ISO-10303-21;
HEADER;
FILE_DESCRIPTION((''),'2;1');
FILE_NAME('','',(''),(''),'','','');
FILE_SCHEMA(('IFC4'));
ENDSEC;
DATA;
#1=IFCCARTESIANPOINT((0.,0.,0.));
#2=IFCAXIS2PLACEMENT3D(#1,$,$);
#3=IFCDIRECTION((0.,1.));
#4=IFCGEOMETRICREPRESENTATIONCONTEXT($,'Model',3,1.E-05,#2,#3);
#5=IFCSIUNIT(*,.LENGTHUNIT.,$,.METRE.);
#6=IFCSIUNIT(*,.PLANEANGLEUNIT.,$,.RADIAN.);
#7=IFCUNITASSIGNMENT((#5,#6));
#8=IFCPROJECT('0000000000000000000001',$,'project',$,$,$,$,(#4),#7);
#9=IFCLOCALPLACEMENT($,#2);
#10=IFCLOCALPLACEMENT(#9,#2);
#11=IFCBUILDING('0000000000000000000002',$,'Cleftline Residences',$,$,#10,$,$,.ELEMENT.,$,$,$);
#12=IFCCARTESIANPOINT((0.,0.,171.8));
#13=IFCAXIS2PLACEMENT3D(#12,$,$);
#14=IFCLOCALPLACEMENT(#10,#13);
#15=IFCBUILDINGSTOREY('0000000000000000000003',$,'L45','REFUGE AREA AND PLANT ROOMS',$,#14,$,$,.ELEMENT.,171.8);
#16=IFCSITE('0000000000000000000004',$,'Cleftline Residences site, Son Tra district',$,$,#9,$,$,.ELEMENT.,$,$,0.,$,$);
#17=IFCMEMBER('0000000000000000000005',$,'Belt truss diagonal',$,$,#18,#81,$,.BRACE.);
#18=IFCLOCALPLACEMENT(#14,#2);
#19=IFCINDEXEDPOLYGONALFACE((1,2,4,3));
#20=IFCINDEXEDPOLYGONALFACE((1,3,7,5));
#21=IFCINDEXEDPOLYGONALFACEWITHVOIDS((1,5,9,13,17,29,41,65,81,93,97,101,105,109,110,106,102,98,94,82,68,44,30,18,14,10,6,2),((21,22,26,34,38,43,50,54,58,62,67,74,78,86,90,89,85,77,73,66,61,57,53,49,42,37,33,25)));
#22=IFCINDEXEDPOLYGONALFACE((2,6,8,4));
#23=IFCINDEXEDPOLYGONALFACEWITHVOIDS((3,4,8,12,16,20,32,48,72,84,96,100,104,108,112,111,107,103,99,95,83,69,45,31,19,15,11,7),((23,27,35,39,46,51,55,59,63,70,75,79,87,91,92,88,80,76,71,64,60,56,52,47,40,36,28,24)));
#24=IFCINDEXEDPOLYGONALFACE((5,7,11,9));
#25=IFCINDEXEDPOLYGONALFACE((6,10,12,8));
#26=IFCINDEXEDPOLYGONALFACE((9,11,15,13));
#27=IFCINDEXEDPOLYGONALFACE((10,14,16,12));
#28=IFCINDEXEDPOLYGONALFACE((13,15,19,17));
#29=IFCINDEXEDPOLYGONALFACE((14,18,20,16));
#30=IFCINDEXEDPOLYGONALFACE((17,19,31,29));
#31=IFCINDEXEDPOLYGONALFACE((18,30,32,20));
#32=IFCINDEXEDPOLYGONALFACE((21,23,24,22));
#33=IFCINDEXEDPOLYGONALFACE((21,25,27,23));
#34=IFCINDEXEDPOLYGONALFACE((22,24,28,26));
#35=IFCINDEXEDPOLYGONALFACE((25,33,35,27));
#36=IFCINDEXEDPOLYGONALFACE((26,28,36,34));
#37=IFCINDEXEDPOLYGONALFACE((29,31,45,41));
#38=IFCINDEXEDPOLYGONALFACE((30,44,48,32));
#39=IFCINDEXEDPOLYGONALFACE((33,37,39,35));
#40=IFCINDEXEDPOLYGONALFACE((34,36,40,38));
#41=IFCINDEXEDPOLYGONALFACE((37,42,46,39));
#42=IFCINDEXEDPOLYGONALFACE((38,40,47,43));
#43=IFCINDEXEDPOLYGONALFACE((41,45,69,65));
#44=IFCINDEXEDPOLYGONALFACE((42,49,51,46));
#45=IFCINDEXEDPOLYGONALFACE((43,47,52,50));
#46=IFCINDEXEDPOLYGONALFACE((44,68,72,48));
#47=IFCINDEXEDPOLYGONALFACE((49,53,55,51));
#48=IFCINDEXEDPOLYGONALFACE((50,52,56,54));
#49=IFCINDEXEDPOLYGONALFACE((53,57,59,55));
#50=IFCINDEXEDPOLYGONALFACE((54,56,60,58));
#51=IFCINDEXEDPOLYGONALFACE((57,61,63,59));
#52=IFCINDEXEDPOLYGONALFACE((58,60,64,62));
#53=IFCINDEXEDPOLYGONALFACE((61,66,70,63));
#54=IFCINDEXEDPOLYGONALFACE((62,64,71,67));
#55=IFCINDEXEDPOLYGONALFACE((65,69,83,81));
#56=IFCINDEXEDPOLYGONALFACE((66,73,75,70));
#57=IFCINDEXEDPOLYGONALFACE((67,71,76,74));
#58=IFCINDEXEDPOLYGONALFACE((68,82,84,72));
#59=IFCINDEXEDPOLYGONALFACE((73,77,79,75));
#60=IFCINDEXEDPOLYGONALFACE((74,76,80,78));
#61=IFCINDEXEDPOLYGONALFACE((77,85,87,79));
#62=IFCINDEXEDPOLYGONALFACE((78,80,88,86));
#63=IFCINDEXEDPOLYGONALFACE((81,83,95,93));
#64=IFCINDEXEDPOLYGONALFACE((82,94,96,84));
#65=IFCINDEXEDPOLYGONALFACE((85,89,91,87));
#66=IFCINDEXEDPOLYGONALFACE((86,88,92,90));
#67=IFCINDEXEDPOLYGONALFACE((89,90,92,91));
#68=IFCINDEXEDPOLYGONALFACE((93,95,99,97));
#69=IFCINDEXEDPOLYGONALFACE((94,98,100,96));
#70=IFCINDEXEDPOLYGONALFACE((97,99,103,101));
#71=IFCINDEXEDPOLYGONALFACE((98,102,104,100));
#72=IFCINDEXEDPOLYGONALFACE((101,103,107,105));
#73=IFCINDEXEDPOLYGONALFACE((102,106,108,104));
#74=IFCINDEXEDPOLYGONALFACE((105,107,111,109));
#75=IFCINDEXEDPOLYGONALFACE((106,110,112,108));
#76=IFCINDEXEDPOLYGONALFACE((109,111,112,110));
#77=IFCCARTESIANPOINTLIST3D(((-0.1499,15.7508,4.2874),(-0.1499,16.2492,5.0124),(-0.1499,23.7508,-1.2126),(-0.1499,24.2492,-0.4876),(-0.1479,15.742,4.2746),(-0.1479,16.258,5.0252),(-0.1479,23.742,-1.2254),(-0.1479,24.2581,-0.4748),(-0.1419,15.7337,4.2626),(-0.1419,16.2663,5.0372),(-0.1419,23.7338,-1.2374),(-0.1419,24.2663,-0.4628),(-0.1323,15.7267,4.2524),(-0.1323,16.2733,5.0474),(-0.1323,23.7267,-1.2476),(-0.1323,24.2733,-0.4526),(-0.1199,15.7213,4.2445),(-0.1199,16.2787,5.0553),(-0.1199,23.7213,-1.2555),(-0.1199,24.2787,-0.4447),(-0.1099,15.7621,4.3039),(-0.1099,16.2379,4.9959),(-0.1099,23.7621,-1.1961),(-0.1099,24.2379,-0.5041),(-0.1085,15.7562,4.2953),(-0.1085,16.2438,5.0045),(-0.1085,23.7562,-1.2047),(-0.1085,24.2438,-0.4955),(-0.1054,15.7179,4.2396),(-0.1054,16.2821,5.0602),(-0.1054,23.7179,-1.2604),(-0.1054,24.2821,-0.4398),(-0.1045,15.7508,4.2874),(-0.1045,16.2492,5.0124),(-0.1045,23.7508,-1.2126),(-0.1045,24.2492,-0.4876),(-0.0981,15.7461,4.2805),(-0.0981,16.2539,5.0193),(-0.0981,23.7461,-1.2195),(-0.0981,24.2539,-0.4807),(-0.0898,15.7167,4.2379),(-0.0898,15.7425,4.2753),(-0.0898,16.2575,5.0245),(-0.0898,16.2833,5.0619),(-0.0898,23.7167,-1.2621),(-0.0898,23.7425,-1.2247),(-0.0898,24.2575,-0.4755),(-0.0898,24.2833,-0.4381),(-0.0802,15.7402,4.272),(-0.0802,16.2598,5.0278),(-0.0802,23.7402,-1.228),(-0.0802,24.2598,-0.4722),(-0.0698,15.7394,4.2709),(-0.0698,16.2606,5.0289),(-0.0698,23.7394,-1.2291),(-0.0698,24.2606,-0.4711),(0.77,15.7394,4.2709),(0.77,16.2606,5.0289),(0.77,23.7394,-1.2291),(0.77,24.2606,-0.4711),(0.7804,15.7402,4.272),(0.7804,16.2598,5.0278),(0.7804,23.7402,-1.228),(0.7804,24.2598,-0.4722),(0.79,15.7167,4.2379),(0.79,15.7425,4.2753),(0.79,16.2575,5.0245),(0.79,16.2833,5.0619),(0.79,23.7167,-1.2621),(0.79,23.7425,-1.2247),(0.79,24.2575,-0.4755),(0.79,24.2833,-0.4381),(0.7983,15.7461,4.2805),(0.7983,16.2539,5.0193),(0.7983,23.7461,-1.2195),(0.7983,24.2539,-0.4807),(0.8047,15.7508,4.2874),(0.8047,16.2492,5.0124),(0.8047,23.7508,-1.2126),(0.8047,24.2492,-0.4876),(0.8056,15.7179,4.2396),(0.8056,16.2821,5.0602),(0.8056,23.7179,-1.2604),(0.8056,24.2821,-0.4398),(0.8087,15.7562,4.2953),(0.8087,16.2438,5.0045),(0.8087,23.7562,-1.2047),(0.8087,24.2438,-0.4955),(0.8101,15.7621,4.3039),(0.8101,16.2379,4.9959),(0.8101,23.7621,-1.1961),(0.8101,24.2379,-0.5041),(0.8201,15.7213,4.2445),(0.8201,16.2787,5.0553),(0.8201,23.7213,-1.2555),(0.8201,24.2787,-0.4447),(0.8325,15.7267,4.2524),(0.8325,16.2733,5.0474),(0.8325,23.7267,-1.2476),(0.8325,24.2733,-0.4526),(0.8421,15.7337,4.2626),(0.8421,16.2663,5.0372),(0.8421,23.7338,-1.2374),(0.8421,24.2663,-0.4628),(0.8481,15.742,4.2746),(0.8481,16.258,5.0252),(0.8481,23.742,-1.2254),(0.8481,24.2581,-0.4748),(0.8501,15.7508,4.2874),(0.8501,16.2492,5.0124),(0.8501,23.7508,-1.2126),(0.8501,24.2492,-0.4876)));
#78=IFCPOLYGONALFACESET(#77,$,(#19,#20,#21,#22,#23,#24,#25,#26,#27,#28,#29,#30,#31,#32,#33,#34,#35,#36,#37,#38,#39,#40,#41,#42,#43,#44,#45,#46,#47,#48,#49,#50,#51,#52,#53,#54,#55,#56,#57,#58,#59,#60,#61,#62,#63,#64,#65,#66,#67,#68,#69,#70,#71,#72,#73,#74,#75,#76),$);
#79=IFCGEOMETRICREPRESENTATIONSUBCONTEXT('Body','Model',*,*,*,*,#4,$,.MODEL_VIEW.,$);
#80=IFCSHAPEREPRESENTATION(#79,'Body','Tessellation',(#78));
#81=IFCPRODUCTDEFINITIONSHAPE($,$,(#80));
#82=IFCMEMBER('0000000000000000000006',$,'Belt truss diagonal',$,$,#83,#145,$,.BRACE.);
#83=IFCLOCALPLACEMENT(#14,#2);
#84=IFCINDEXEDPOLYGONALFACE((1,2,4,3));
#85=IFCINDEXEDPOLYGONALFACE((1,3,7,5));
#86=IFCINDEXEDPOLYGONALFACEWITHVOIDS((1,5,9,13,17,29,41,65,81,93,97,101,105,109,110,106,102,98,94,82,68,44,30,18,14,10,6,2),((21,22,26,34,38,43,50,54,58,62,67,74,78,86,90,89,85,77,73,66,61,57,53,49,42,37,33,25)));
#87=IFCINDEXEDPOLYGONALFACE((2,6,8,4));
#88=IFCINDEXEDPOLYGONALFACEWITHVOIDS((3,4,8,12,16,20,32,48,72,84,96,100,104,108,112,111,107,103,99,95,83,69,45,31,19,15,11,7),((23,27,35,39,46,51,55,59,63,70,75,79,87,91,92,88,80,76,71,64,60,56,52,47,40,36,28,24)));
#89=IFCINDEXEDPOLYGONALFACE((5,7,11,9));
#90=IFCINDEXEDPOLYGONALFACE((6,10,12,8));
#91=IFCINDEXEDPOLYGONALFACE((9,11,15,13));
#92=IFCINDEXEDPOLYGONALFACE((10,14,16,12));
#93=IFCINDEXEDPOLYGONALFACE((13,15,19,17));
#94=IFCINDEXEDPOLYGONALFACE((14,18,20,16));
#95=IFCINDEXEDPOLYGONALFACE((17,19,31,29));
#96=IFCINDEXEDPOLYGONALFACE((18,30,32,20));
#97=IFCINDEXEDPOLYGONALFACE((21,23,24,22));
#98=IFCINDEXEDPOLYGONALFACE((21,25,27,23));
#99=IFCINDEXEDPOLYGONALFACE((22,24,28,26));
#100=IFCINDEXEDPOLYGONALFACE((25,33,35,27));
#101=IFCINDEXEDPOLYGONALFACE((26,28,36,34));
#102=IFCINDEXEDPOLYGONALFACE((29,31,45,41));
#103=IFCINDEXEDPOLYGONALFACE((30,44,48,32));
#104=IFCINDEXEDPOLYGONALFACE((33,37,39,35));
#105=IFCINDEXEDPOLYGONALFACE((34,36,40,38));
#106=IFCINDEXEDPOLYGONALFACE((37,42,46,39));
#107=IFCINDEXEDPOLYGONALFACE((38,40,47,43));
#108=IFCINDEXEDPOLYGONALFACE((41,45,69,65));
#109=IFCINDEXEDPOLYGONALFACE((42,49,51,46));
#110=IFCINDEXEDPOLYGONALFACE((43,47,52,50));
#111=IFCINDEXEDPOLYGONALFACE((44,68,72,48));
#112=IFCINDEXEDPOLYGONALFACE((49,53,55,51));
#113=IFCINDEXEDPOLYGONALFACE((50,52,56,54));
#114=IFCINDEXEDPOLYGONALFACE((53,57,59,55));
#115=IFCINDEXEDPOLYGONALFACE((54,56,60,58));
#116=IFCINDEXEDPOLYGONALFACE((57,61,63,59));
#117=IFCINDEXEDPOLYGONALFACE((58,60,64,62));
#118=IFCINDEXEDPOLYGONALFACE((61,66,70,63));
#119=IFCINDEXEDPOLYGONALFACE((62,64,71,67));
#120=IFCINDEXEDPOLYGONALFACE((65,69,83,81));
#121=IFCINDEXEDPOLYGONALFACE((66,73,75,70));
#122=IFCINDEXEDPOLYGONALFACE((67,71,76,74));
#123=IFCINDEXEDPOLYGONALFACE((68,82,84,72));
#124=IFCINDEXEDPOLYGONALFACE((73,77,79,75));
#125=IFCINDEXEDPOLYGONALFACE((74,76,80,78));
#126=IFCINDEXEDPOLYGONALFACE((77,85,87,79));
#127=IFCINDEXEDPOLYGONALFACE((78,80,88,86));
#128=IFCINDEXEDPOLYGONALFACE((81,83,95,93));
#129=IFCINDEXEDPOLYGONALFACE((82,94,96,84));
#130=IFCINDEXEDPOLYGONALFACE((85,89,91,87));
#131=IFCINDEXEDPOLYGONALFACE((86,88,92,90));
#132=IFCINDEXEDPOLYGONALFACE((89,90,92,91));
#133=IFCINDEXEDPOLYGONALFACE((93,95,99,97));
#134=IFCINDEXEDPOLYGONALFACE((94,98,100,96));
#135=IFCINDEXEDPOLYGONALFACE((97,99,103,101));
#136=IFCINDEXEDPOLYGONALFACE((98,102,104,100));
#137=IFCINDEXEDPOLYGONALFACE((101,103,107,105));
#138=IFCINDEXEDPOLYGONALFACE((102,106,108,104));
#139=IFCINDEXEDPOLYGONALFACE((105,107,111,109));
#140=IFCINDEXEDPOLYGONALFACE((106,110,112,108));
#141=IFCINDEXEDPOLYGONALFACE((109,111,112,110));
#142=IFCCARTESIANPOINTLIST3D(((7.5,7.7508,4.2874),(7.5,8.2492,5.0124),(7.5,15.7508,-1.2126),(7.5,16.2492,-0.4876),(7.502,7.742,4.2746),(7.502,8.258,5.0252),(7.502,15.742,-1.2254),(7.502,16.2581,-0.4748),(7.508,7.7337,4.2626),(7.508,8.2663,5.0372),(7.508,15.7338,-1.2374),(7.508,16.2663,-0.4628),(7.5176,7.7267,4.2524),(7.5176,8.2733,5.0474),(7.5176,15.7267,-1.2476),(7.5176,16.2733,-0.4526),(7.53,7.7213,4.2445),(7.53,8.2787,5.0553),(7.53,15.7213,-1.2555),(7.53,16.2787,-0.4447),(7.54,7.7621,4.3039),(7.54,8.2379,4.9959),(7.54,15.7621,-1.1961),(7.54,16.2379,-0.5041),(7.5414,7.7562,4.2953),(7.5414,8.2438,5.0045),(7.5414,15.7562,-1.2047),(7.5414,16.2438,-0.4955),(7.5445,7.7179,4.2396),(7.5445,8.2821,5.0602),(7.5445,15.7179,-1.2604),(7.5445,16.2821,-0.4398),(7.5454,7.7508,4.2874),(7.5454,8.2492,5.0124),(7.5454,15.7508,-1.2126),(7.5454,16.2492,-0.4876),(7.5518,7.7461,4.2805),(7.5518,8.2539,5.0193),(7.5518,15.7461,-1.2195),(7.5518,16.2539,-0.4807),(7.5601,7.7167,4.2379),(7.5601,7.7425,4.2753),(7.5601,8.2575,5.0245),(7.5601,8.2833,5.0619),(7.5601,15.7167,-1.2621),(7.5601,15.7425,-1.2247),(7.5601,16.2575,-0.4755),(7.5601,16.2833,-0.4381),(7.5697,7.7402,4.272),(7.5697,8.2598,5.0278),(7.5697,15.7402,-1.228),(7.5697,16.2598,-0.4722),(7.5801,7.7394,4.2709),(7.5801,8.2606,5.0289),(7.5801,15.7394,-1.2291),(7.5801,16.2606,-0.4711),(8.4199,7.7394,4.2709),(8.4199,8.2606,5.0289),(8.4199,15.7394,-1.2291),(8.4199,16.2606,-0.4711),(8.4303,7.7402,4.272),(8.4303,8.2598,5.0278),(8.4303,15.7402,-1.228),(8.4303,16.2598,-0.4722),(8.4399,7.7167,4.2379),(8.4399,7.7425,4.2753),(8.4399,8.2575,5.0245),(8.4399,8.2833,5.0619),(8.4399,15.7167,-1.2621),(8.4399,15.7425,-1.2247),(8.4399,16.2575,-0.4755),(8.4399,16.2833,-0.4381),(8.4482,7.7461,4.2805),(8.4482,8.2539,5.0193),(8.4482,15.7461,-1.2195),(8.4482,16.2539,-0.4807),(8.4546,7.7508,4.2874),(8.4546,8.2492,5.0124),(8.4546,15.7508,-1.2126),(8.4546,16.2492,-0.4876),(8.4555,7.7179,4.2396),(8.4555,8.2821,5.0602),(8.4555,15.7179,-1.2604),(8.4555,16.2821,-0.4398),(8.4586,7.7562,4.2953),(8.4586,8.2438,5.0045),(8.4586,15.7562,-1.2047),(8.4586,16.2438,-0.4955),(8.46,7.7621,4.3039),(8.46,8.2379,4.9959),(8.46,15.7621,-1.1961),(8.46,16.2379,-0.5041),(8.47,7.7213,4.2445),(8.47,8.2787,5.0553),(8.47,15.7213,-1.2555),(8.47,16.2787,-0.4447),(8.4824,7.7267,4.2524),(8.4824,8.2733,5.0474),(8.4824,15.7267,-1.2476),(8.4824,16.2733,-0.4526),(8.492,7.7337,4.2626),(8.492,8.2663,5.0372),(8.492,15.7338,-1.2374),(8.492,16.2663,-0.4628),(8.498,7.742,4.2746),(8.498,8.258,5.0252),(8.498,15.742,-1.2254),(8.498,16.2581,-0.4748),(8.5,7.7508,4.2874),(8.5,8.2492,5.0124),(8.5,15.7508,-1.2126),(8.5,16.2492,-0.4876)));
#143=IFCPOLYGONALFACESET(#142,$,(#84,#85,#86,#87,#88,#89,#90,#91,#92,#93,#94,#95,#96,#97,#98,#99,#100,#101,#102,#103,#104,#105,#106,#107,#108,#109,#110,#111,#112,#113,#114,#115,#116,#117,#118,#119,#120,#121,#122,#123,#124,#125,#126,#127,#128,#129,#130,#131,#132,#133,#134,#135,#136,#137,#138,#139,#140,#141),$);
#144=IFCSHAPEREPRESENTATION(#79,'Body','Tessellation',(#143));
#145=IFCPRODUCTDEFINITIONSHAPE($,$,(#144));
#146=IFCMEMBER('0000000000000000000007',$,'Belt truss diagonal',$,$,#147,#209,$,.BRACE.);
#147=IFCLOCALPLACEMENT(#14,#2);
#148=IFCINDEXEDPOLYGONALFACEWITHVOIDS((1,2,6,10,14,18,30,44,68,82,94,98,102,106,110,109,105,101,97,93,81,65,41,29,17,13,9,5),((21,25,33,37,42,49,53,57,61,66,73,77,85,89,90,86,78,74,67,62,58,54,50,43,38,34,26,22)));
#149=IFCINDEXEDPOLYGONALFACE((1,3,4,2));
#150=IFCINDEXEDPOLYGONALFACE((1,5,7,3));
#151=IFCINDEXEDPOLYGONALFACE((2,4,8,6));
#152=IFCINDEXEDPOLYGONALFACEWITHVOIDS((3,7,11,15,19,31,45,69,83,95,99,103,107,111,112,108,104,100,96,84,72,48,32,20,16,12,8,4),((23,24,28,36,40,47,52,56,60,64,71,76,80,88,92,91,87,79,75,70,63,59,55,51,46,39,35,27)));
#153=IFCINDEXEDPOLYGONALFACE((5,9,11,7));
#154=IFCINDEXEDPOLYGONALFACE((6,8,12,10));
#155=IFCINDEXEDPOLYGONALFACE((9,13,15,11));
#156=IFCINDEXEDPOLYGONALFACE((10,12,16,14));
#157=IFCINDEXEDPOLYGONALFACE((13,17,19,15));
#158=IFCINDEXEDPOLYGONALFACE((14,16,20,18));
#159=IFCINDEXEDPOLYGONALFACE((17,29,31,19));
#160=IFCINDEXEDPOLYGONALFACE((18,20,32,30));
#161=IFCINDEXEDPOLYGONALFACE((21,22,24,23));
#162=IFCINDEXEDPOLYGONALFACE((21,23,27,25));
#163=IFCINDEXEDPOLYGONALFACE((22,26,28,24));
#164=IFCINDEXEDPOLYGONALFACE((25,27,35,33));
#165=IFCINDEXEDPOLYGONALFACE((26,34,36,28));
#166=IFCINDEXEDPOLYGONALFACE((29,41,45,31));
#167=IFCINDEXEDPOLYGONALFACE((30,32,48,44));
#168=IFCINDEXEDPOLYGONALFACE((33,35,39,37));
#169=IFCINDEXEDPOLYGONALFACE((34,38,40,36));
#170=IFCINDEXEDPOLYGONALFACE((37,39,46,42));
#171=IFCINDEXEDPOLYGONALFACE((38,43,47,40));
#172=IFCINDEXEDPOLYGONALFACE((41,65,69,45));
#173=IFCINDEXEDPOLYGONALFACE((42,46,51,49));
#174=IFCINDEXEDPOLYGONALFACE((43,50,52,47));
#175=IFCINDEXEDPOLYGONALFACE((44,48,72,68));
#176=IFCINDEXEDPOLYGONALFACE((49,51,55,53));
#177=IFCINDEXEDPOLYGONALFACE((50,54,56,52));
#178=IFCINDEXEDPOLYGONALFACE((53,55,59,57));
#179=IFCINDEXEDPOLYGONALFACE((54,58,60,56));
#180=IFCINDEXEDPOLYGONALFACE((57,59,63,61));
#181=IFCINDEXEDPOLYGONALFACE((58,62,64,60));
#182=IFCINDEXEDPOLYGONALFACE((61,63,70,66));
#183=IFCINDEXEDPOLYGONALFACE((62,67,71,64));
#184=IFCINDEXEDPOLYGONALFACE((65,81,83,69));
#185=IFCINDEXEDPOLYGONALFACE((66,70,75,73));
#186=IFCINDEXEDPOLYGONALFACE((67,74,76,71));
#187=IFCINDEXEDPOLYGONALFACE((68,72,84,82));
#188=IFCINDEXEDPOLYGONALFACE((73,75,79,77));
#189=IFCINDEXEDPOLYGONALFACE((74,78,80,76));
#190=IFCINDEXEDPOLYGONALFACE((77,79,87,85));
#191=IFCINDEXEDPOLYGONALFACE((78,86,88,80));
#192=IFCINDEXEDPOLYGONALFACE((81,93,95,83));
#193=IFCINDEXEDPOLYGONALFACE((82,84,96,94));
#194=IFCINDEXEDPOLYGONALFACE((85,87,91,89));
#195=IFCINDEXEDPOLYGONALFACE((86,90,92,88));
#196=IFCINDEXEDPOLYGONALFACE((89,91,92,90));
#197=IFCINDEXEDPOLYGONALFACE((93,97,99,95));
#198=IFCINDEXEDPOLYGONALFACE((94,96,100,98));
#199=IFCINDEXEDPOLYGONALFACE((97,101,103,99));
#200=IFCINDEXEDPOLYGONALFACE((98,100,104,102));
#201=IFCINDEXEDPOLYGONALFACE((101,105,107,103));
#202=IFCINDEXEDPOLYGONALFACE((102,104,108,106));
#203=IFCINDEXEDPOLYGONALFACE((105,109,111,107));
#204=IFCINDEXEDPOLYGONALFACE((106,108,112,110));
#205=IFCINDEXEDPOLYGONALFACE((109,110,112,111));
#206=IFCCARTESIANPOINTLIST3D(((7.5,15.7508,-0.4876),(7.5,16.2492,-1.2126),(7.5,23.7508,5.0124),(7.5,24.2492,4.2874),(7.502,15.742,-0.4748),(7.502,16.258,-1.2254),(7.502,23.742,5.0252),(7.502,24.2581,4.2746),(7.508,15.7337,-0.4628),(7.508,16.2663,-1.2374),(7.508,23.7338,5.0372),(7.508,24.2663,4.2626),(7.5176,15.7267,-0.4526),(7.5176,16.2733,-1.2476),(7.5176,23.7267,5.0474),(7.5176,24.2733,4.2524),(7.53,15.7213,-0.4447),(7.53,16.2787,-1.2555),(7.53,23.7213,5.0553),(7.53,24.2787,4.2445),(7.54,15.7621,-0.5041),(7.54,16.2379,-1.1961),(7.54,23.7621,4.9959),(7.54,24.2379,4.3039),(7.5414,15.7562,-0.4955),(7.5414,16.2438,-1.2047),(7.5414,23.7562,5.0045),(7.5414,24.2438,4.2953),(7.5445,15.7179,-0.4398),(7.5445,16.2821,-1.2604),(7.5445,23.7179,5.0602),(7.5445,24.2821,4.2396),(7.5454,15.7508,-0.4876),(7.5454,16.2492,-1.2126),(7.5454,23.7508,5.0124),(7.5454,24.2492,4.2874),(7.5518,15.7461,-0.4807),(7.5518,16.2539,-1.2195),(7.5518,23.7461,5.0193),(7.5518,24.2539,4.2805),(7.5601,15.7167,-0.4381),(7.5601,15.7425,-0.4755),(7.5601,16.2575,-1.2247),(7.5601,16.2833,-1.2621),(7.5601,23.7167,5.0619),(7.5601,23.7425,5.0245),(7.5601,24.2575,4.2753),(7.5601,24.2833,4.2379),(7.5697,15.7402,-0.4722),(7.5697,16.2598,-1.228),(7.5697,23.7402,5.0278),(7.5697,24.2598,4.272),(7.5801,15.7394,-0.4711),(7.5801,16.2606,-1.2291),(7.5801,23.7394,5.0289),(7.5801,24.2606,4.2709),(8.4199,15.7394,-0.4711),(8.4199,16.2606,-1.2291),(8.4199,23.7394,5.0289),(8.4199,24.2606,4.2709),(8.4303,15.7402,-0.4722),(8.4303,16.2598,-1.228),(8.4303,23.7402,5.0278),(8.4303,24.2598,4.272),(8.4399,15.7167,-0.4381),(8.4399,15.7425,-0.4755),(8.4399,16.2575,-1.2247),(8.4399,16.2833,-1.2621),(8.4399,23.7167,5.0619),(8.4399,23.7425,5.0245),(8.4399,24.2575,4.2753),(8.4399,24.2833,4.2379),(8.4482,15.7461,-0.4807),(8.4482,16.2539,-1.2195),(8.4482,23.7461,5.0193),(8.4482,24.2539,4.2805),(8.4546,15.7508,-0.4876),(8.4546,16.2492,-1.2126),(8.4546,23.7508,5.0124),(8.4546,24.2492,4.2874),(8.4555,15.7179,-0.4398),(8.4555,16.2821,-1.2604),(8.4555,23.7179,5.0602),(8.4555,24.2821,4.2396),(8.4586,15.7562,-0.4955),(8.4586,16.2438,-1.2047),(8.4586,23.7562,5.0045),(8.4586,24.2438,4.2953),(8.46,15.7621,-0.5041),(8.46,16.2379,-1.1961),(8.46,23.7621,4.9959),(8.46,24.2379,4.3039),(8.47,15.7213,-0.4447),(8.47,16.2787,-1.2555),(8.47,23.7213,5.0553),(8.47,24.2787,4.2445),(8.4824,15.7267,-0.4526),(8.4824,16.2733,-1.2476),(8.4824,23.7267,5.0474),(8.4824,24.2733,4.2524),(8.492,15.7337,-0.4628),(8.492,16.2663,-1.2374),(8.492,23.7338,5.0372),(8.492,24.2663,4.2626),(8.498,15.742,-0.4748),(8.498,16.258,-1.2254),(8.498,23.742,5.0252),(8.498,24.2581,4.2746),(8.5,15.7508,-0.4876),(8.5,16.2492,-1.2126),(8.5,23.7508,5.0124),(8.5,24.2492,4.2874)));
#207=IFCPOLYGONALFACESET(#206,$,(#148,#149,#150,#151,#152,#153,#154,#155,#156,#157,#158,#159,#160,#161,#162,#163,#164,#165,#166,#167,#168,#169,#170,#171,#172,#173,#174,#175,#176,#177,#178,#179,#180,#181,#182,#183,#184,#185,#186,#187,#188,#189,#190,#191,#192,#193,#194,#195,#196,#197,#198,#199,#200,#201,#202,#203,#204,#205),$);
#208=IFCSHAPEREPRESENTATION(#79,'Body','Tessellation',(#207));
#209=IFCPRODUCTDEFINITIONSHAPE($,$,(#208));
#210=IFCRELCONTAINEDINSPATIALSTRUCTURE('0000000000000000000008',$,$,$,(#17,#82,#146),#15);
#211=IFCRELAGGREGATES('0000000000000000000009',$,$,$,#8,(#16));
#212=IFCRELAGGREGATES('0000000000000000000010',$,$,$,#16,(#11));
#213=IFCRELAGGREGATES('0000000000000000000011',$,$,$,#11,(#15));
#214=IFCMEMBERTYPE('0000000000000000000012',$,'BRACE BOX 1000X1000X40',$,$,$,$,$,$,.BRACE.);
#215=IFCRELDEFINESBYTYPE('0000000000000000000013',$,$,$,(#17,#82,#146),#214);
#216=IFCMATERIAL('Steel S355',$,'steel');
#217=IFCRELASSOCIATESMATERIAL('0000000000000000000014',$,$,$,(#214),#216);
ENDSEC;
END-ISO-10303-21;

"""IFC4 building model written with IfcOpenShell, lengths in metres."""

from ifc_helpers import new_model, si_unit, direction, frame, origin, origin_2d, place, context, subcontext, project, spatial, hollow_rectangle, extrude, material, material_profile, profile_set, type_object, element, save


model = new_model("IFC4")

# Units and contexts
model_context = context("Model", 3, precision=1e-05, world=origin(), true_north=direction((0.0, 1.0)))
body_context = subcontext(model_context, "Body", "Model", "MODEL_VIEW")
ifc_project = project(units=[si_unit("LENGTHUNIT", "METRE"), si_unit("PLANEANGLEUNIT", "RADIAN")], contexts=[model_context])

# Site, building, storey
site_placement = place(None, origin())
site = spatial("IfcSite", under=ifc_project, at=site_placement, Name="Cleftline Residences site, Son Tra district", CompositionType="ELEMENT", RefElevation=0.0)
building_placement = place(site_placement, origin())
building = spatial("IfcBuilding", under=site, at=building_placement, Name="Cleftline Residences", CompositionType="ELEMENT")
storey_placement = place(building_placement, frame((0.0, 0.0, 171.8)))
storey = spatial("IfcBuildingStorey", under=building, at=storey_placement, Name="L45", Description="REFUGE AREA AND PLANT ROOMS", CompositionType="ELEMENT", Elevation=171.8)

# Members
ifc_material_1 = material(Name="Steel S355", Category="steel")
ifc_material_profile_1 = material_profile(ifc_material_1, hollow_rectangle(XDim=1.0, YDim=1.0, WallThickness=0.04, InnerFilletRadius=0.04, OuterFilletRadius=0.0601, at=origin_2d()))
ifc_profile_set_1 = profile_set([ifc_material_profile_1], Name="Steel S355")
member_type_1 = type_object("IfcMemberType", Name="BRACE BOX 1000X1000X40", PredefinedType="BRACE", material=ifc_profile_set_1)
for number, where, z_axis, x_axis, name in (
    (1, (0.3501, 16.0, 4.6499), (0.0, 0.824042, -0.566529), (0.0, 0.566529, 0.824042), "Belt truss diagonal"),
    (2, (8.0, 8.0, 4.6499), (0.0, 0.824042, -0.566529), (0.0, 0.566529, 0.824042), "Belt truss diagonal"),
    (3, (8.0, 16.0, -0.8501), (0.0, 0.824042, 0.566529), (0.0, -0.566529, 0.824042), "Belt truss diagonal"),
):
    element("IfcMember", number, at=place(storey_placement, frame(where, z_axis=z_axis, x_axis=x_axis)), inside=storey, type_object=member_type_1, Name=name, PredefinedType="BRACE", context=body_context, shape_type="SweptSolid", body=[
        extrude(hollow_rectangle(XDim=1.0, YDim=1.0, WallThickness=0.04, InnerFilletRadius=0.04, OuterFilletRadius=0.0601, at=origin_2d()), origin(), (0.0, 0.0, 1.0), 9.7083),
    ])

save(model, "model.ifc")
